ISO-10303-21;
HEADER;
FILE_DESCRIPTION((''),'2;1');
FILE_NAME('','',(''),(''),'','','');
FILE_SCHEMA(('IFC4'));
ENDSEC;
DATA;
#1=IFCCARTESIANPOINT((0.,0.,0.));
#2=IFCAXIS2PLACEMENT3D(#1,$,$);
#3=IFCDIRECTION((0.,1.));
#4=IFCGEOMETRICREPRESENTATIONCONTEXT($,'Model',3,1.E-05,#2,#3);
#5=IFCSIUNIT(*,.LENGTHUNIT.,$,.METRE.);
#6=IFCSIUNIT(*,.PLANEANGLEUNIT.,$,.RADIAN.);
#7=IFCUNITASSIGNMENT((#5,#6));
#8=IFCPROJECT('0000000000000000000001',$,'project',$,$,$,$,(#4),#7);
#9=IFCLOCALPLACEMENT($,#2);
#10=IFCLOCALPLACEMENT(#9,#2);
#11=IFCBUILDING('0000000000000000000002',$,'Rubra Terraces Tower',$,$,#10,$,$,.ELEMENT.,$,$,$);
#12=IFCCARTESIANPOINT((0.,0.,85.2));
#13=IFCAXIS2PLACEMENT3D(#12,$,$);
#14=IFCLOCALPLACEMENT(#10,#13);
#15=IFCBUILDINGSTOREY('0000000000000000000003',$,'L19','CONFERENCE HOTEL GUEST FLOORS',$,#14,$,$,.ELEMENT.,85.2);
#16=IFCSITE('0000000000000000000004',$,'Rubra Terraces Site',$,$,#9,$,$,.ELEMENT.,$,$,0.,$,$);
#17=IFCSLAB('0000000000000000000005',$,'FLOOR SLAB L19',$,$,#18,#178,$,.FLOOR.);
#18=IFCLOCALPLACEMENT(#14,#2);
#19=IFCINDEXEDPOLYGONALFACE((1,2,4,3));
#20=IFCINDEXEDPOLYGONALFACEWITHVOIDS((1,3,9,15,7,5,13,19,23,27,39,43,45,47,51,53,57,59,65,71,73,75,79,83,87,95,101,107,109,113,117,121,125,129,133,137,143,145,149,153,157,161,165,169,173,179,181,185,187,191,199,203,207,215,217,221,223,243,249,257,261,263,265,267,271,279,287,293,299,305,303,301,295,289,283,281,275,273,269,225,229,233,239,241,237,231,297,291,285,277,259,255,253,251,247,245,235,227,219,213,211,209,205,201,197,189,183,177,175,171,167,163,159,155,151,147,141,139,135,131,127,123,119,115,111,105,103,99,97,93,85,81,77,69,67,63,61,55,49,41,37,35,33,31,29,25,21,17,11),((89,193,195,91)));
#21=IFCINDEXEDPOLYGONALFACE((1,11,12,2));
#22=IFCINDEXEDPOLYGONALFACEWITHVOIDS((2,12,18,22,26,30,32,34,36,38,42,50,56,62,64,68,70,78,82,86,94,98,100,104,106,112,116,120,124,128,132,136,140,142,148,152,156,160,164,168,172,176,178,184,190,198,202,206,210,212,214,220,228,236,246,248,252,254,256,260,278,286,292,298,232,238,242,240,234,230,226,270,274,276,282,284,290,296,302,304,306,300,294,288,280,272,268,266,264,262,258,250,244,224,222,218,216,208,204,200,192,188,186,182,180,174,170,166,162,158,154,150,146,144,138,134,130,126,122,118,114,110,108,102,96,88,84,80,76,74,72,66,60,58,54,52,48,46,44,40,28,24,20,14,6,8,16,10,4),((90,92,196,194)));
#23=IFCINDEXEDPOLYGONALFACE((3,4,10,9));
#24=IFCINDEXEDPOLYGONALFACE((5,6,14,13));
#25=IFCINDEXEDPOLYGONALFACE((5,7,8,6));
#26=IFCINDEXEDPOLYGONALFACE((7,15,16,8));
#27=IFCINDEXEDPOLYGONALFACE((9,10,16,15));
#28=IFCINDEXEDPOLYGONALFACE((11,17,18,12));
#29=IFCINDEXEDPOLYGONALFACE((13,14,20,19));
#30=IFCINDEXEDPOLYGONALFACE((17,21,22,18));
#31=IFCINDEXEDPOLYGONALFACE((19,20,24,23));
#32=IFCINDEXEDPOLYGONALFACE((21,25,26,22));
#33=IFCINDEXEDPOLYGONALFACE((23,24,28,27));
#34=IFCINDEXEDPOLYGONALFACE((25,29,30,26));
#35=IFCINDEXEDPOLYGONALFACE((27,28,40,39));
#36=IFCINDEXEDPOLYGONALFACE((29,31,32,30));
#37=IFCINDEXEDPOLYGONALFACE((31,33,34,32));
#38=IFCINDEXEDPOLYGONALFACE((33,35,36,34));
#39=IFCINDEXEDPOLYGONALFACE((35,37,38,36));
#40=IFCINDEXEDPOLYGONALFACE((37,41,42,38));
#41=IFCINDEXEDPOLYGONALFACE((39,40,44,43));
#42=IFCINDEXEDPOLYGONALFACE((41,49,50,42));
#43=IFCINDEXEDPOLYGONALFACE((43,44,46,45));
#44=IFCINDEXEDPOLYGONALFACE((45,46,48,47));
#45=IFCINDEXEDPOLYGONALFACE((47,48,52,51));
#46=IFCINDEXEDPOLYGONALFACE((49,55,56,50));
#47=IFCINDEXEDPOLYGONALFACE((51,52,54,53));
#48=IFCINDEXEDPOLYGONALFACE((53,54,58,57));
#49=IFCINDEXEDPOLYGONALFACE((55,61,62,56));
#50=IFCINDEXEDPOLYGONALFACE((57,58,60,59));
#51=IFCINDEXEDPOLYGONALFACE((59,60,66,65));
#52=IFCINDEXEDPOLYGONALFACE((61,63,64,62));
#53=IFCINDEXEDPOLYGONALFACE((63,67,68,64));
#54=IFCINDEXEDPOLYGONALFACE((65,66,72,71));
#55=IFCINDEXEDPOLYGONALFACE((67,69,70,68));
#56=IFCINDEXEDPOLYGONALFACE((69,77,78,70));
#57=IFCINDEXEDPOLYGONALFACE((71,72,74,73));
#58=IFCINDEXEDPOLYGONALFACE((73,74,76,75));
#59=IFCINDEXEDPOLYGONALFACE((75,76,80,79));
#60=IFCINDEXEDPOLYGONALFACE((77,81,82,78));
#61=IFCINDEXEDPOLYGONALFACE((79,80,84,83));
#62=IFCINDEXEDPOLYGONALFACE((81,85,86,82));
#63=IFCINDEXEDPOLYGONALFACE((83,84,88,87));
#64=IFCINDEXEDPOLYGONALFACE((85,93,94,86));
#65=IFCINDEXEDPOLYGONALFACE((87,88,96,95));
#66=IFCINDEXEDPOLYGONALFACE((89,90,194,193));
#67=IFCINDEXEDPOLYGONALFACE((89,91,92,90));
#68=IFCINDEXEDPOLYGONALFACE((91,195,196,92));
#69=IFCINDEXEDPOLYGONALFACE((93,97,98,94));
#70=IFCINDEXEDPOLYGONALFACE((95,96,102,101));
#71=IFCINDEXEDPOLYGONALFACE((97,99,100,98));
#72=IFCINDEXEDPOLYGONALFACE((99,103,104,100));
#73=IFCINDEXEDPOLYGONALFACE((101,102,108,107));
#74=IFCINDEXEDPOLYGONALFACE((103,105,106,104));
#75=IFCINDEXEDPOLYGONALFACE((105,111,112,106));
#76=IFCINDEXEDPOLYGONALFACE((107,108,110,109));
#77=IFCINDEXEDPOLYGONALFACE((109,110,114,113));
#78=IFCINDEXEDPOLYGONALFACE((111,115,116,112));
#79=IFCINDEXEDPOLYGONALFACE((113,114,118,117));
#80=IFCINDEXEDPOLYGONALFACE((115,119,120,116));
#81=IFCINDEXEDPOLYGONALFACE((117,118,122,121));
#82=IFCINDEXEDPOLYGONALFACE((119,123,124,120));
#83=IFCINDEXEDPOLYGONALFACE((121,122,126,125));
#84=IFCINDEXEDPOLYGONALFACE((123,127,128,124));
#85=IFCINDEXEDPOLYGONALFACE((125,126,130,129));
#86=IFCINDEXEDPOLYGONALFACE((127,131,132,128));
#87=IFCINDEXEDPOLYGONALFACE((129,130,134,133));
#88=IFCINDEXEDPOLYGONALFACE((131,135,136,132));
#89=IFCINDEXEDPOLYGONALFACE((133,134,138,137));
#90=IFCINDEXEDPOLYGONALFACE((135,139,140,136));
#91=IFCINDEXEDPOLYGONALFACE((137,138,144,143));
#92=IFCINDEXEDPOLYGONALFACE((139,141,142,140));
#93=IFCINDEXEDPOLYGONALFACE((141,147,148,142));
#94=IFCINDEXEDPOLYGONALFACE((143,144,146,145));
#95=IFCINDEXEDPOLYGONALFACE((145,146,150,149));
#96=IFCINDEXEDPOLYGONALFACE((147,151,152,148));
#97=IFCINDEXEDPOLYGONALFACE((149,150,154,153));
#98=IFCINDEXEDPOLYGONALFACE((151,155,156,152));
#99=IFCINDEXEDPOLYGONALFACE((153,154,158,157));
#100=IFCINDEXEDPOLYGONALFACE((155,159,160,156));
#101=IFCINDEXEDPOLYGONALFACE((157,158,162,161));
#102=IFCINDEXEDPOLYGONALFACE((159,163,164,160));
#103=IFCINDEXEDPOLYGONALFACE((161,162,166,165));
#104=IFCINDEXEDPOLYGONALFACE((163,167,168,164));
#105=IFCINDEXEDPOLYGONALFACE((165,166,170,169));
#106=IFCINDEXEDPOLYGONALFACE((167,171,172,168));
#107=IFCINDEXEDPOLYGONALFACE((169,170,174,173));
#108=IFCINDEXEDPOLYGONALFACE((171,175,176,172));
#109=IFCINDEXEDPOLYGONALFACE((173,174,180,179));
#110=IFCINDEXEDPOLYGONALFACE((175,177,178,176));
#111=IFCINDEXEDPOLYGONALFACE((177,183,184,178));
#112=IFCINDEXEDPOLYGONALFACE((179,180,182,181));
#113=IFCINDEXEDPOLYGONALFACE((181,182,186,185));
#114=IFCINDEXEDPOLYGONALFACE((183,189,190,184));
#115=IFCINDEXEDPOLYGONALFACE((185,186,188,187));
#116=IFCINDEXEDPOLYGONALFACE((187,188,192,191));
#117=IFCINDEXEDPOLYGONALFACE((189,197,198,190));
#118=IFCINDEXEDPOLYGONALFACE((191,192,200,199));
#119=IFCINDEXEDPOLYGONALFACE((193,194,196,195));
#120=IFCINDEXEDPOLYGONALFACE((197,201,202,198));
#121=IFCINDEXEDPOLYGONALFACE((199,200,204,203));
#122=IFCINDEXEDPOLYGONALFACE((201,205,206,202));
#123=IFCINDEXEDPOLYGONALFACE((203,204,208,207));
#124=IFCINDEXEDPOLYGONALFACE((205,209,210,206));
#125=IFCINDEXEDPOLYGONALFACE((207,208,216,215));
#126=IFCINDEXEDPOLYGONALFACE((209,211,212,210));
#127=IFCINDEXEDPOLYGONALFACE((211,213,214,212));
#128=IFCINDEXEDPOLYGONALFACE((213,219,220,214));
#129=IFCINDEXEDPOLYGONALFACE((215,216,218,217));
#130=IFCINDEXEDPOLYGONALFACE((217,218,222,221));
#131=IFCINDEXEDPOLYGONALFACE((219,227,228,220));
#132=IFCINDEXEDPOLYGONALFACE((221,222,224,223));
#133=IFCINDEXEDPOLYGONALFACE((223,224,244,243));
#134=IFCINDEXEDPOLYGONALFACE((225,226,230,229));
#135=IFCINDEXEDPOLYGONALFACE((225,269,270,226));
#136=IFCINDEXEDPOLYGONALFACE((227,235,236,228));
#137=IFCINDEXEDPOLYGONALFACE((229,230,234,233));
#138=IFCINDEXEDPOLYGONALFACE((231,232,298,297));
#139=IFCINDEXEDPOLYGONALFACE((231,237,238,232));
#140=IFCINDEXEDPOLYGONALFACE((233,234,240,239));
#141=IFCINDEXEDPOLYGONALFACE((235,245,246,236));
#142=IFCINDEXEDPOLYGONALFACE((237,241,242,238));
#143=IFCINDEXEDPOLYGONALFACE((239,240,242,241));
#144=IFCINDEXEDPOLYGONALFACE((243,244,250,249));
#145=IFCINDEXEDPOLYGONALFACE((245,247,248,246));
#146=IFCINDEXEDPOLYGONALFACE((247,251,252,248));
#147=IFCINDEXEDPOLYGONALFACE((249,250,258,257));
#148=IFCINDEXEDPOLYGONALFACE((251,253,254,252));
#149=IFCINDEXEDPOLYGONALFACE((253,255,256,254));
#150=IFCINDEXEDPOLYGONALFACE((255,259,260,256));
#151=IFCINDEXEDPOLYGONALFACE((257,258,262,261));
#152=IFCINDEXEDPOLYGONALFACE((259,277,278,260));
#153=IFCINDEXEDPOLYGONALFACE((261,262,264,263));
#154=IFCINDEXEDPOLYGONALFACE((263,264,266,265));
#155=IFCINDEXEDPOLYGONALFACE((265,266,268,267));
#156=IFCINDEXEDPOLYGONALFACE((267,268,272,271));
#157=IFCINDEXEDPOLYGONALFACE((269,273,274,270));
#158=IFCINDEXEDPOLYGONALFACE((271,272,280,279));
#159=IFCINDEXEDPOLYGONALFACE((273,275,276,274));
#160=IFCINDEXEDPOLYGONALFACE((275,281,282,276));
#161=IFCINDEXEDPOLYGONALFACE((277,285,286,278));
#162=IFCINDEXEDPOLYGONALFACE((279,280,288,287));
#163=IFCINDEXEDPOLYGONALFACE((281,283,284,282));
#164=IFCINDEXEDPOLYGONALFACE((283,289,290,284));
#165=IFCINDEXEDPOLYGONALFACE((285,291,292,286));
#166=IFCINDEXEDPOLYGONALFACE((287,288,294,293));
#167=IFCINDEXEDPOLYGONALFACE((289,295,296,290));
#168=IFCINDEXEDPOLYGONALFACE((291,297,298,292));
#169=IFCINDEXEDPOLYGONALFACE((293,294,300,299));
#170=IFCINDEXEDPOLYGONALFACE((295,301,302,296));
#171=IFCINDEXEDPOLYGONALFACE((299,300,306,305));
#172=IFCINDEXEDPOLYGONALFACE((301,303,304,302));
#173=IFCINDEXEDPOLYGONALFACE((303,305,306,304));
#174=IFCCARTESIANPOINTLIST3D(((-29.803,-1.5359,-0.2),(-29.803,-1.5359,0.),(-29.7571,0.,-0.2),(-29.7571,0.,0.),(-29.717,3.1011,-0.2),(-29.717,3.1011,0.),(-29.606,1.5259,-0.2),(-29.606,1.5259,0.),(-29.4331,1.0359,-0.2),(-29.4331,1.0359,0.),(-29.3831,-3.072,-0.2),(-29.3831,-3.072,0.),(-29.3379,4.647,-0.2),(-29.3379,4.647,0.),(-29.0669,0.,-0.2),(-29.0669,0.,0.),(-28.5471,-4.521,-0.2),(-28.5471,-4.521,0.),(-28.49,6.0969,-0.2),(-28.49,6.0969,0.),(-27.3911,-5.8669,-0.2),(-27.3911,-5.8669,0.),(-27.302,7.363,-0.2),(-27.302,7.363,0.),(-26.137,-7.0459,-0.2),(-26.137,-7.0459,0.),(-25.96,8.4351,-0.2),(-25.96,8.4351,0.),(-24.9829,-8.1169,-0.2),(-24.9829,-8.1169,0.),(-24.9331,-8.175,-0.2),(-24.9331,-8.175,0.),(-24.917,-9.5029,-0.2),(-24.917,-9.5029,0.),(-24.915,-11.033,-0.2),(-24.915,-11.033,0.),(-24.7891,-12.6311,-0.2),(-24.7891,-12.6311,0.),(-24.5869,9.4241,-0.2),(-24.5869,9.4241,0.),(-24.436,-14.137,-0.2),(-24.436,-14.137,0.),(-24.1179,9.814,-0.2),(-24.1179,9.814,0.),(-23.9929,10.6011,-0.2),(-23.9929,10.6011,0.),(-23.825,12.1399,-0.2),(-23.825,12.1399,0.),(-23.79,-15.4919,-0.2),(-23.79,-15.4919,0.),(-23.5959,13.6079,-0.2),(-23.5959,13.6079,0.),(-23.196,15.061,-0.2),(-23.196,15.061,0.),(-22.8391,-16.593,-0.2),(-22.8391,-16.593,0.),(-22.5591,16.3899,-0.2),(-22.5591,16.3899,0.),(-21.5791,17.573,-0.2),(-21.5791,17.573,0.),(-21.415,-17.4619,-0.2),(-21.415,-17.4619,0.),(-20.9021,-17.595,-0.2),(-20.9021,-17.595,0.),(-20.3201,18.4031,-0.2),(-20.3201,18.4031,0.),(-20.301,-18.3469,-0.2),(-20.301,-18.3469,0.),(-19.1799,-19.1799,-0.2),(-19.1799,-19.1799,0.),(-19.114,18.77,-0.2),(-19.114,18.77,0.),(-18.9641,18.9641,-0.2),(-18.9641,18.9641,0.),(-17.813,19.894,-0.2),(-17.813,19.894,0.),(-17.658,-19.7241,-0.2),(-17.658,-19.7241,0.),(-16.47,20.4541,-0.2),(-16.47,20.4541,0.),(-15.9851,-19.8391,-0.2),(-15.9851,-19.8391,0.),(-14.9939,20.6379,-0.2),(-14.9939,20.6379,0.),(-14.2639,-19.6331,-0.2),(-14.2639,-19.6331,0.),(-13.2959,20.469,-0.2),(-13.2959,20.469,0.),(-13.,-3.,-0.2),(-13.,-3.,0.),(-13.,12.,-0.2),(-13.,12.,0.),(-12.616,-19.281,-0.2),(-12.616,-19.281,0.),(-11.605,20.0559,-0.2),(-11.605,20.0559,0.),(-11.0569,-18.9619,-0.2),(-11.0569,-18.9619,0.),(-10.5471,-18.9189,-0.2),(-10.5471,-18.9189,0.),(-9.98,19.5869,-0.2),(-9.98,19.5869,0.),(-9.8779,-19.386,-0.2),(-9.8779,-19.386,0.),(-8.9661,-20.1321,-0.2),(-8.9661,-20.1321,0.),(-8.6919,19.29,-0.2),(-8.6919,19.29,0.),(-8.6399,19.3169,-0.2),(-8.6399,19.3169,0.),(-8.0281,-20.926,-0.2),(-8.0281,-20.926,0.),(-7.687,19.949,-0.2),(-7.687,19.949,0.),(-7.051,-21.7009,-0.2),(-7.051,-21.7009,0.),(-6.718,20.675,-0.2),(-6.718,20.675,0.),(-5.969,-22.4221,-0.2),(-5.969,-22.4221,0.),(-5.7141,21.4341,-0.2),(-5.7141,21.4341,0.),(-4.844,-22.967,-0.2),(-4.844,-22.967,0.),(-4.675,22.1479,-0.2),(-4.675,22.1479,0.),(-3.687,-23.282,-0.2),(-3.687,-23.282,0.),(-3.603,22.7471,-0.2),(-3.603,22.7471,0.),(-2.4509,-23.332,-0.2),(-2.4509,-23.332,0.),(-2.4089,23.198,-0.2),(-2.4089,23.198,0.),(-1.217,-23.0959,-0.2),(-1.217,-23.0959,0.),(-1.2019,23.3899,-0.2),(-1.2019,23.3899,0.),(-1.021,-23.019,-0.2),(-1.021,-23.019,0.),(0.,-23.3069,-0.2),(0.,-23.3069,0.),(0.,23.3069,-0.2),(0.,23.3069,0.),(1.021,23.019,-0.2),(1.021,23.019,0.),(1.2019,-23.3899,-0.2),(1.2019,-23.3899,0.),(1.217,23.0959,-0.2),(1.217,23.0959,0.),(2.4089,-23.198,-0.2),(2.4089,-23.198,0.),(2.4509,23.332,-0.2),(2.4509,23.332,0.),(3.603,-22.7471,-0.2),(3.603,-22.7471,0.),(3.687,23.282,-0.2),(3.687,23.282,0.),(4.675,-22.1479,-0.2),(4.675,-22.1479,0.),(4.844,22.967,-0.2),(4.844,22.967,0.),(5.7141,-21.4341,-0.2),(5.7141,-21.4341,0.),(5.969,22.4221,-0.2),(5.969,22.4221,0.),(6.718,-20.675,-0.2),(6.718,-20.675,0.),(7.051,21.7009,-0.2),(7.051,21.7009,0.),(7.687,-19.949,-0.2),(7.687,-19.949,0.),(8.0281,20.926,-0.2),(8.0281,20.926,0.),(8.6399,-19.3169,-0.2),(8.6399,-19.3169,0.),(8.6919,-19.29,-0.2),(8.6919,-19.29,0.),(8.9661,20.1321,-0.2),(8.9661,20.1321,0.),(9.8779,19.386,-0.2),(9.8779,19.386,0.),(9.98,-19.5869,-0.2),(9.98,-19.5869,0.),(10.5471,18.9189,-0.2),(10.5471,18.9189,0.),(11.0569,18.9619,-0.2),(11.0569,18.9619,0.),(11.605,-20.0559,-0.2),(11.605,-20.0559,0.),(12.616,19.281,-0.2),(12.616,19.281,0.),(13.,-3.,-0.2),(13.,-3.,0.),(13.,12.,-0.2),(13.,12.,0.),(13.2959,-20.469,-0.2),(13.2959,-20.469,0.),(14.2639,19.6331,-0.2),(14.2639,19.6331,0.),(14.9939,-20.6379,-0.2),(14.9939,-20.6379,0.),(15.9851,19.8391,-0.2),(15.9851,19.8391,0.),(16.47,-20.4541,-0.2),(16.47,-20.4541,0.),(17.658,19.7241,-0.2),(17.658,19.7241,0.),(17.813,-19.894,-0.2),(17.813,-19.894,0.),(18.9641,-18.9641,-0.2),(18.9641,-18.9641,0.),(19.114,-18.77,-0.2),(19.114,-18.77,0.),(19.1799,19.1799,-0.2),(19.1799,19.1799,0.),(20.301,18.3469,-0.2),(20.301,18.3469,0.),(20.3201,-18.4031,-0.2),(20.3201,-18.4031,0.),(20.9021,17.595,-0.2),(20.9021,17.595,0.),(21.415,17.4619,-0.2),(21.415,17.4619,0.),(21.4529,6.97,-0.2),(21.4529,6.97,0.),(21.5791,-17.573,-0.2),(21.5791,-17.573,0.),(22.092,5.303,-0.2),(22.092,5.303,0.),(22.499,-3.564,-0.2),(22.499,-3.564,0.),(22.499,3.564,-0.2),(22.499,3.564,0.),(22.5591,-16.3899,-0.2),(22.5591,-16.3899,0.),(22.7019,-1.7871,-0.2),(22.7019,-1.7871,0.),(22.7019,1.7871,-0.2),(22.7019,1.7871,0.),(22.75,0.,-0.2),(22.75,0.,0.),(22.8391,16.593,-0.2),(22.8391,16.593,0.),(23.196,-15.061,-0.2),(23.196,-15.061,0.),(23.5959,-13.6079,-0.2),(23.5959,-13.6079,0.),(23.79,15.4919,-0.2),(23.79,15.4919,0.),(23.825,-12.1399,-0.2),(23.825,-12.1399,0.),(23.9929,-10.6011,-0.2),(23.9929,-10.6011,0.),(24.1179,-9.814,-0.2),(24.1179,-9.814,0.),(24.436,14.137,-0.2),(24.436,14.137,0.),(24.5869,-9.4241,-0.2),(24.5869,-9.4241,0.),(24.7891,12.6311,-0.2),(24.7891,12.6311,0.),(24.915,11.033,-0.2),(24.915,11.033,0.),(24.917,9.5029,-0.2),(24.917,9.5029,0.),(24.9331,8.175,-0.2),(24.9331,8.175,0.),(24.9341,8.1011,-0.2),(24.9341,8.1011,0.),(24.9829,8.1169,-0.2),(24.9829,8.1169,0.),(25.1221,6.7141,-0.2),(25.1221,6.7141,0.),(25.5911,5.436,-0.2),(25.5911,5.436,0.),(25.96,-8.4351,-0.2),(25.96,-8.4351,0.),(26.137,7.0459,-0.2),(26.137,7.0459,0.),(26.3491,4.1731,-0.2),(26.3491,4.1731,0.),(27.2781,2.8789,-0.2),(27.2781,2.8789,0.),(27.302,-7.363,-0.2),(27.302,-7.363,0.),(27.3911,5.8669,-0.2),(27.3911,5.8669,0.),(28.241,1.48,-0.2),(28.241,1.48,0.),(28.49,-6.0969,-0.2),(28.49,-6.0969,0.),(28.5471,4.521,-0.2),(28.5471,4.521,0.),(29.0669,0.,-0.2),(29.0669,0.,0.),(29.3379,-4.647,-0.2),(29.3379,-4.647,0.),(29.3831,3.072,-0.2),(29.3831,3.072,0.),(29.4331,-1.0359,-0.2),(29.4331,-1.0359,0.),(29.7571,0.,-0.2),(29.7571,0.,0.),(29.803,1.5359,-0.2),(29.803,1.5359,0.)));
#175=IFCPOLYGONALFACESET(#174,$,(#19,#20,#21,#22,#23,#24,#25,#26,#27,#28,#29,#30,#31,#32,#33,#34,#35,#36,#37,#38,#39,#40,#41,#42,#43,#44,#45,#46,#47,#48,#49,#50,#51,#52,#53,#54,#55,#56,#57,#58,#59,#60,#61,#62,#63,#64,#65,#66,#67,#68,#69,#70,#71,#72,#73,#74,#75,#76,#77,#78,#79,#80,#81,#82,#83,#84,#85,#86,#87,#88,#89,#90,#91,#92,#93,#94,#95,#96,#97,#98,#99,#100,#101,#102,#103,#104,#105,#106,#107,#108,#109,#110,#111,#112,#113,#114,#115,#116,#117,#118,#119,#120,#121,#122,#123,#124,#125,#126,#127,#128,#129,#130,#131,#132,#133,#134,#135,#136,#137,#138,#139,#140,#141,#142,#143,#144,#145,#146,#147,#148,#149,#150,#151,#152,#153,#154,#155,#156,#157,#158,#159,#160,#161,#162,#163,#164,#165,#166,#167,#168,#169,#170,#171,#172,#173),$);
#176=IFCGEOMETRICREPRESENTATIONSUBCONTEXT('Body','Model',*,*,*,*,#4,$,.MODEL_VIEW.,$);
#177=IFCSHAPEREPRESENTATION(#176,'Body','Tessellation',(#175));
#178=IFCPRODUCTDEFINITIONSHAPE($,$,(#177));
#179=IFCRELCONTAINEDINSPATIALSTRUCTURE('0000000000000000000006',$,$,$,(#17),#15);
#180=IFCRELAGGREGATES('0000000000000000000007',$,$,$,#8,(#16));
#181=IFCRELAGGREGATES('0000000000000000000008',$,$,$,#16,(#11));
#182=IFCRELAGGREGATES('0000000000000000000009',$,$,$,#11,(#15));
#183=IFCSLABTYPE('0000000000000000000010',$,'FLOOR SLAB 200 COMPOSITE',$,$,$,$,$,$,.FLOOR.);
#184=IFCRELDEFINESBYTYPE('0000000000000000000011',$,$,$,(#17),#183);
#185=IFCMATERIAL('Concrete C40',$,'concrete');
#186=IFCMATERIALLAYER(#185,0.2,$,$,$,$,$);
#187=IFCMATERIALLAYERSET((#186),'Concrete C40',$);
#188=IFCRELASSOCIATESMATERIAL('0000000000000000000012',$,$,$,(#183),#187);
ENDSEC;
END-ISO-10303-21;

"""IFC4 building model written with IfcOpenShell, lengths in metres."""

from ifc_helpers import new_model, si_unit, direction, frame, origin, place, context, subcontext, project, spatial, polyline, outline, extrude, material, layer, layer_set, type_object, element, save


model = new_model("IFC4")

# Units and contexts
model_context = context("Model", 3, precision=1e-05, world=origin(), true_north=direction((0.0, 1.0)))
body_context = subcontext(model_context, "Body", "Model", "MODEL_VIEW")
ifc_project = project(units=[si_unit("LENGTHUNIT", "METRE"), si_unit("PLANEANGLEUNIT", "RADIAN")], contexts=[model_context])

# Site, building, storey
site_placement = place(None, origin())
site = spatial("IfcSite", under=ifc_project, at=site_placement, Name="Rubra Terraces Site", CompositionType="ELEMENT", RefElevation=0.0)
building_placement = place(site_placement, origin())
building = spatial("IfcBuilding", under=site, at=building_placement, Name="Rubra Terraces Tower", CompositionType="ELEMENT")
storey_placement = place(building_placement, frame((0.0, 0.0, 85.2)))
storey = spatial("IfcBuildingStorey", under=building, at=storey_placement, Name="L19", Description="CONFERENCE HOTEL GUEST FLOORS", CompositionType="ELEMENT", Elevation=85.2)

# Shared definitions
ifc_material_1 = material(Name="Concrete C40", Category="concrete")

# Slab
ifc_layer_1 = layer(ifc_material_1, 0.2)
ifc_layer_set_1 = layer_set([ifc_layer_1], Name="Concrete C40")
slab_type_1 = type_object("IfcSlabType", Name="FLOOR SLAB 200 COMPOSITE", PredefinedType="FLOOR", material=ifc_layer_set_1)
slab_1_placement = place(storey_placement, frame((0.0, 0.0, -0.2)))
element("IfcSlab", 1, at=slab_1_placement, inside=storey, type_object=slab_type_1, Name="FLOOR SLAB L19", PredefinedType="FLOOR", context=body_context, shape_type="SweptSolid", body=[
    extrude(outline(polyline([(11.0569, 18.9619), (10.5471, 18.9189), (9.8779, 19.386), (8.9661, 20.1321), (8.0281, 20.926), (7.051, 21.7009), (5.969, 22.4221), (4.844, 22.967), (3.687, 23.282), (2.4509, 23.332), (1.217, 23.0959), (1.021, 23.019), (0.0, 23.3069), (-1.2019, 23.3899), (-2.4089, 23.198), (-3.603, 22.7471), (-4.675, 22.1479), (-5.7141, 21.4341), (-6.718, 20.675), (-7.687, 19.949), (-8.6399, 19.3169), (-8.6919, 19.29), (-9.98, 19.5869), (-11.605, 20.0559), (-13.2959, 20.469), (-14.9939, 20.6379), (-16.47, 20.4541), (-17.813, 19.894), (-18.9641, 18.9641), (-19.114, 18.77), (-20.3201, 18.4031), (-21.5791, 17.573), (-22.5591, 16.3899), (-23.196, 15.061), (-23.5959, 13.6079), (-23.825, 12.1399), (-23.9929, 10.6011), (-24.1179, 9.814), (-24.5869, 9.4241), (-25.96, 8.4351), (-27.302, 7.363), (-28.49, 6.0969), (-29.3379, 4.647), (-29.717, 3.1011), (-29.606, 1.5259), (-29.0669, 0.0), (-29.4331, 1.0359), (-29.7571, 0.0), (-29.803, -1.5359), (-29.3831, -3.072), (-28.5471, -4.521), (-27.3911, -5.8669), (-26.137, -7.0459), (-24.9829, -8.1169), (-24.9331, -8.175), (-24.917, -9.5029), (-24.915, -11.033), (-24.7891, -12.6311), (-24.436, -14.137), (-23.79, -15.4919), (-22.8391, -16.593), (-21.415, -17.4619), (-20.9021, -17.595), (-20.301, -18.3469), (-19.1799, -19.1799), (-17.658, -19.7241), (-15.9851, -19.8391), (-14.2639, -19.6331), (-12.616, -19.281), (-11.0569, -18.9619), (-10.5471, -18.9189), (-9.8779, -19.386), (-8.9661, -20.1321), (-8.0281, -20.926), (-7.051, -21.7009), (-5.969, -22.4221), (-4.844, -22.967), (-3.687, -23.282), (-2.4509, -23.332), (-1.217, -23.0959), (-1.021, -23.019), (0.0, -23.3069), (1.2019, -23.3899), (2.4089, -23.198), (3.603, -22.7471), (4.675, -22.1479), (5.7141, -21.4341), (6.718, -20.675), (7.687, -19.949), (8.6399, -19.3169), (8.6919, -19.29), (9.98, -19.5869), (11.605, -20.0559), (13.2959, -20.469), (14.9939, -20.6379), (16.47, -20.4541), (17.813, -19.894), (18.9641, -18.9641), (19.114, -18.77), (20.3201, -18.4031), (21.5791, -17.573), (22.5591, -16.3899), (23.196, -15.061), (23.5959, -13.6079), (23.825, -12.1399), (23.9929, -10.6011), (24.1179, -9.814), (24.5869, -9.4241), (25.96, -8.4351), (27.302, -7.363), (28.49, -6.0969), (29.3379, -4.647), (22.499, -3.564), (22.7019, -1.7871), (22.75, 0.0), (22.7019, 1.7871), (22.499, 3.564), (22.092, 5.303), (21.4529, 6.97), (24.9341, 8.1011), (25.1221, 6.7141), (25.5911, 5.436), (26.3491, 4.1731), (27.2781, 2.8789), (28.241, 1.48), (29.0669, 0.0), (29.4331, -1.0359), (29.7571, 0.0), (29.803, 1.5359), (29.3831, 3.072), (28.5471, 4.521), (27.3911, 5.8669), (26.137, 7.0459), (24.9829, 8.1169), (24.9331, 8.175), (24.917, 9.5029), (24.915, 11.033), (24.7891, 12.6311), (24.436, 14.137), (23.79, 15.4919), (22.8391, 16.593), (21.415, 17.4619), (20.9021, 17.595), (20.301, 18.3469), (19.1799, 19.1799), (17.658, 19.7241), (15.9851, 19.8391), (14.2639, 19.6331), (12.616, 19.281), (11.0569, 18.9619)]), holes=[polyline([(13.0, 12.0), (13.0, -3.0), (-13.0, -3.0), (-13.0, 12.0), (13.0, 12.0)])]), origin(), (0.0, 0.0, 1.0), 0.2),
])

save(model, "model.ifc")
